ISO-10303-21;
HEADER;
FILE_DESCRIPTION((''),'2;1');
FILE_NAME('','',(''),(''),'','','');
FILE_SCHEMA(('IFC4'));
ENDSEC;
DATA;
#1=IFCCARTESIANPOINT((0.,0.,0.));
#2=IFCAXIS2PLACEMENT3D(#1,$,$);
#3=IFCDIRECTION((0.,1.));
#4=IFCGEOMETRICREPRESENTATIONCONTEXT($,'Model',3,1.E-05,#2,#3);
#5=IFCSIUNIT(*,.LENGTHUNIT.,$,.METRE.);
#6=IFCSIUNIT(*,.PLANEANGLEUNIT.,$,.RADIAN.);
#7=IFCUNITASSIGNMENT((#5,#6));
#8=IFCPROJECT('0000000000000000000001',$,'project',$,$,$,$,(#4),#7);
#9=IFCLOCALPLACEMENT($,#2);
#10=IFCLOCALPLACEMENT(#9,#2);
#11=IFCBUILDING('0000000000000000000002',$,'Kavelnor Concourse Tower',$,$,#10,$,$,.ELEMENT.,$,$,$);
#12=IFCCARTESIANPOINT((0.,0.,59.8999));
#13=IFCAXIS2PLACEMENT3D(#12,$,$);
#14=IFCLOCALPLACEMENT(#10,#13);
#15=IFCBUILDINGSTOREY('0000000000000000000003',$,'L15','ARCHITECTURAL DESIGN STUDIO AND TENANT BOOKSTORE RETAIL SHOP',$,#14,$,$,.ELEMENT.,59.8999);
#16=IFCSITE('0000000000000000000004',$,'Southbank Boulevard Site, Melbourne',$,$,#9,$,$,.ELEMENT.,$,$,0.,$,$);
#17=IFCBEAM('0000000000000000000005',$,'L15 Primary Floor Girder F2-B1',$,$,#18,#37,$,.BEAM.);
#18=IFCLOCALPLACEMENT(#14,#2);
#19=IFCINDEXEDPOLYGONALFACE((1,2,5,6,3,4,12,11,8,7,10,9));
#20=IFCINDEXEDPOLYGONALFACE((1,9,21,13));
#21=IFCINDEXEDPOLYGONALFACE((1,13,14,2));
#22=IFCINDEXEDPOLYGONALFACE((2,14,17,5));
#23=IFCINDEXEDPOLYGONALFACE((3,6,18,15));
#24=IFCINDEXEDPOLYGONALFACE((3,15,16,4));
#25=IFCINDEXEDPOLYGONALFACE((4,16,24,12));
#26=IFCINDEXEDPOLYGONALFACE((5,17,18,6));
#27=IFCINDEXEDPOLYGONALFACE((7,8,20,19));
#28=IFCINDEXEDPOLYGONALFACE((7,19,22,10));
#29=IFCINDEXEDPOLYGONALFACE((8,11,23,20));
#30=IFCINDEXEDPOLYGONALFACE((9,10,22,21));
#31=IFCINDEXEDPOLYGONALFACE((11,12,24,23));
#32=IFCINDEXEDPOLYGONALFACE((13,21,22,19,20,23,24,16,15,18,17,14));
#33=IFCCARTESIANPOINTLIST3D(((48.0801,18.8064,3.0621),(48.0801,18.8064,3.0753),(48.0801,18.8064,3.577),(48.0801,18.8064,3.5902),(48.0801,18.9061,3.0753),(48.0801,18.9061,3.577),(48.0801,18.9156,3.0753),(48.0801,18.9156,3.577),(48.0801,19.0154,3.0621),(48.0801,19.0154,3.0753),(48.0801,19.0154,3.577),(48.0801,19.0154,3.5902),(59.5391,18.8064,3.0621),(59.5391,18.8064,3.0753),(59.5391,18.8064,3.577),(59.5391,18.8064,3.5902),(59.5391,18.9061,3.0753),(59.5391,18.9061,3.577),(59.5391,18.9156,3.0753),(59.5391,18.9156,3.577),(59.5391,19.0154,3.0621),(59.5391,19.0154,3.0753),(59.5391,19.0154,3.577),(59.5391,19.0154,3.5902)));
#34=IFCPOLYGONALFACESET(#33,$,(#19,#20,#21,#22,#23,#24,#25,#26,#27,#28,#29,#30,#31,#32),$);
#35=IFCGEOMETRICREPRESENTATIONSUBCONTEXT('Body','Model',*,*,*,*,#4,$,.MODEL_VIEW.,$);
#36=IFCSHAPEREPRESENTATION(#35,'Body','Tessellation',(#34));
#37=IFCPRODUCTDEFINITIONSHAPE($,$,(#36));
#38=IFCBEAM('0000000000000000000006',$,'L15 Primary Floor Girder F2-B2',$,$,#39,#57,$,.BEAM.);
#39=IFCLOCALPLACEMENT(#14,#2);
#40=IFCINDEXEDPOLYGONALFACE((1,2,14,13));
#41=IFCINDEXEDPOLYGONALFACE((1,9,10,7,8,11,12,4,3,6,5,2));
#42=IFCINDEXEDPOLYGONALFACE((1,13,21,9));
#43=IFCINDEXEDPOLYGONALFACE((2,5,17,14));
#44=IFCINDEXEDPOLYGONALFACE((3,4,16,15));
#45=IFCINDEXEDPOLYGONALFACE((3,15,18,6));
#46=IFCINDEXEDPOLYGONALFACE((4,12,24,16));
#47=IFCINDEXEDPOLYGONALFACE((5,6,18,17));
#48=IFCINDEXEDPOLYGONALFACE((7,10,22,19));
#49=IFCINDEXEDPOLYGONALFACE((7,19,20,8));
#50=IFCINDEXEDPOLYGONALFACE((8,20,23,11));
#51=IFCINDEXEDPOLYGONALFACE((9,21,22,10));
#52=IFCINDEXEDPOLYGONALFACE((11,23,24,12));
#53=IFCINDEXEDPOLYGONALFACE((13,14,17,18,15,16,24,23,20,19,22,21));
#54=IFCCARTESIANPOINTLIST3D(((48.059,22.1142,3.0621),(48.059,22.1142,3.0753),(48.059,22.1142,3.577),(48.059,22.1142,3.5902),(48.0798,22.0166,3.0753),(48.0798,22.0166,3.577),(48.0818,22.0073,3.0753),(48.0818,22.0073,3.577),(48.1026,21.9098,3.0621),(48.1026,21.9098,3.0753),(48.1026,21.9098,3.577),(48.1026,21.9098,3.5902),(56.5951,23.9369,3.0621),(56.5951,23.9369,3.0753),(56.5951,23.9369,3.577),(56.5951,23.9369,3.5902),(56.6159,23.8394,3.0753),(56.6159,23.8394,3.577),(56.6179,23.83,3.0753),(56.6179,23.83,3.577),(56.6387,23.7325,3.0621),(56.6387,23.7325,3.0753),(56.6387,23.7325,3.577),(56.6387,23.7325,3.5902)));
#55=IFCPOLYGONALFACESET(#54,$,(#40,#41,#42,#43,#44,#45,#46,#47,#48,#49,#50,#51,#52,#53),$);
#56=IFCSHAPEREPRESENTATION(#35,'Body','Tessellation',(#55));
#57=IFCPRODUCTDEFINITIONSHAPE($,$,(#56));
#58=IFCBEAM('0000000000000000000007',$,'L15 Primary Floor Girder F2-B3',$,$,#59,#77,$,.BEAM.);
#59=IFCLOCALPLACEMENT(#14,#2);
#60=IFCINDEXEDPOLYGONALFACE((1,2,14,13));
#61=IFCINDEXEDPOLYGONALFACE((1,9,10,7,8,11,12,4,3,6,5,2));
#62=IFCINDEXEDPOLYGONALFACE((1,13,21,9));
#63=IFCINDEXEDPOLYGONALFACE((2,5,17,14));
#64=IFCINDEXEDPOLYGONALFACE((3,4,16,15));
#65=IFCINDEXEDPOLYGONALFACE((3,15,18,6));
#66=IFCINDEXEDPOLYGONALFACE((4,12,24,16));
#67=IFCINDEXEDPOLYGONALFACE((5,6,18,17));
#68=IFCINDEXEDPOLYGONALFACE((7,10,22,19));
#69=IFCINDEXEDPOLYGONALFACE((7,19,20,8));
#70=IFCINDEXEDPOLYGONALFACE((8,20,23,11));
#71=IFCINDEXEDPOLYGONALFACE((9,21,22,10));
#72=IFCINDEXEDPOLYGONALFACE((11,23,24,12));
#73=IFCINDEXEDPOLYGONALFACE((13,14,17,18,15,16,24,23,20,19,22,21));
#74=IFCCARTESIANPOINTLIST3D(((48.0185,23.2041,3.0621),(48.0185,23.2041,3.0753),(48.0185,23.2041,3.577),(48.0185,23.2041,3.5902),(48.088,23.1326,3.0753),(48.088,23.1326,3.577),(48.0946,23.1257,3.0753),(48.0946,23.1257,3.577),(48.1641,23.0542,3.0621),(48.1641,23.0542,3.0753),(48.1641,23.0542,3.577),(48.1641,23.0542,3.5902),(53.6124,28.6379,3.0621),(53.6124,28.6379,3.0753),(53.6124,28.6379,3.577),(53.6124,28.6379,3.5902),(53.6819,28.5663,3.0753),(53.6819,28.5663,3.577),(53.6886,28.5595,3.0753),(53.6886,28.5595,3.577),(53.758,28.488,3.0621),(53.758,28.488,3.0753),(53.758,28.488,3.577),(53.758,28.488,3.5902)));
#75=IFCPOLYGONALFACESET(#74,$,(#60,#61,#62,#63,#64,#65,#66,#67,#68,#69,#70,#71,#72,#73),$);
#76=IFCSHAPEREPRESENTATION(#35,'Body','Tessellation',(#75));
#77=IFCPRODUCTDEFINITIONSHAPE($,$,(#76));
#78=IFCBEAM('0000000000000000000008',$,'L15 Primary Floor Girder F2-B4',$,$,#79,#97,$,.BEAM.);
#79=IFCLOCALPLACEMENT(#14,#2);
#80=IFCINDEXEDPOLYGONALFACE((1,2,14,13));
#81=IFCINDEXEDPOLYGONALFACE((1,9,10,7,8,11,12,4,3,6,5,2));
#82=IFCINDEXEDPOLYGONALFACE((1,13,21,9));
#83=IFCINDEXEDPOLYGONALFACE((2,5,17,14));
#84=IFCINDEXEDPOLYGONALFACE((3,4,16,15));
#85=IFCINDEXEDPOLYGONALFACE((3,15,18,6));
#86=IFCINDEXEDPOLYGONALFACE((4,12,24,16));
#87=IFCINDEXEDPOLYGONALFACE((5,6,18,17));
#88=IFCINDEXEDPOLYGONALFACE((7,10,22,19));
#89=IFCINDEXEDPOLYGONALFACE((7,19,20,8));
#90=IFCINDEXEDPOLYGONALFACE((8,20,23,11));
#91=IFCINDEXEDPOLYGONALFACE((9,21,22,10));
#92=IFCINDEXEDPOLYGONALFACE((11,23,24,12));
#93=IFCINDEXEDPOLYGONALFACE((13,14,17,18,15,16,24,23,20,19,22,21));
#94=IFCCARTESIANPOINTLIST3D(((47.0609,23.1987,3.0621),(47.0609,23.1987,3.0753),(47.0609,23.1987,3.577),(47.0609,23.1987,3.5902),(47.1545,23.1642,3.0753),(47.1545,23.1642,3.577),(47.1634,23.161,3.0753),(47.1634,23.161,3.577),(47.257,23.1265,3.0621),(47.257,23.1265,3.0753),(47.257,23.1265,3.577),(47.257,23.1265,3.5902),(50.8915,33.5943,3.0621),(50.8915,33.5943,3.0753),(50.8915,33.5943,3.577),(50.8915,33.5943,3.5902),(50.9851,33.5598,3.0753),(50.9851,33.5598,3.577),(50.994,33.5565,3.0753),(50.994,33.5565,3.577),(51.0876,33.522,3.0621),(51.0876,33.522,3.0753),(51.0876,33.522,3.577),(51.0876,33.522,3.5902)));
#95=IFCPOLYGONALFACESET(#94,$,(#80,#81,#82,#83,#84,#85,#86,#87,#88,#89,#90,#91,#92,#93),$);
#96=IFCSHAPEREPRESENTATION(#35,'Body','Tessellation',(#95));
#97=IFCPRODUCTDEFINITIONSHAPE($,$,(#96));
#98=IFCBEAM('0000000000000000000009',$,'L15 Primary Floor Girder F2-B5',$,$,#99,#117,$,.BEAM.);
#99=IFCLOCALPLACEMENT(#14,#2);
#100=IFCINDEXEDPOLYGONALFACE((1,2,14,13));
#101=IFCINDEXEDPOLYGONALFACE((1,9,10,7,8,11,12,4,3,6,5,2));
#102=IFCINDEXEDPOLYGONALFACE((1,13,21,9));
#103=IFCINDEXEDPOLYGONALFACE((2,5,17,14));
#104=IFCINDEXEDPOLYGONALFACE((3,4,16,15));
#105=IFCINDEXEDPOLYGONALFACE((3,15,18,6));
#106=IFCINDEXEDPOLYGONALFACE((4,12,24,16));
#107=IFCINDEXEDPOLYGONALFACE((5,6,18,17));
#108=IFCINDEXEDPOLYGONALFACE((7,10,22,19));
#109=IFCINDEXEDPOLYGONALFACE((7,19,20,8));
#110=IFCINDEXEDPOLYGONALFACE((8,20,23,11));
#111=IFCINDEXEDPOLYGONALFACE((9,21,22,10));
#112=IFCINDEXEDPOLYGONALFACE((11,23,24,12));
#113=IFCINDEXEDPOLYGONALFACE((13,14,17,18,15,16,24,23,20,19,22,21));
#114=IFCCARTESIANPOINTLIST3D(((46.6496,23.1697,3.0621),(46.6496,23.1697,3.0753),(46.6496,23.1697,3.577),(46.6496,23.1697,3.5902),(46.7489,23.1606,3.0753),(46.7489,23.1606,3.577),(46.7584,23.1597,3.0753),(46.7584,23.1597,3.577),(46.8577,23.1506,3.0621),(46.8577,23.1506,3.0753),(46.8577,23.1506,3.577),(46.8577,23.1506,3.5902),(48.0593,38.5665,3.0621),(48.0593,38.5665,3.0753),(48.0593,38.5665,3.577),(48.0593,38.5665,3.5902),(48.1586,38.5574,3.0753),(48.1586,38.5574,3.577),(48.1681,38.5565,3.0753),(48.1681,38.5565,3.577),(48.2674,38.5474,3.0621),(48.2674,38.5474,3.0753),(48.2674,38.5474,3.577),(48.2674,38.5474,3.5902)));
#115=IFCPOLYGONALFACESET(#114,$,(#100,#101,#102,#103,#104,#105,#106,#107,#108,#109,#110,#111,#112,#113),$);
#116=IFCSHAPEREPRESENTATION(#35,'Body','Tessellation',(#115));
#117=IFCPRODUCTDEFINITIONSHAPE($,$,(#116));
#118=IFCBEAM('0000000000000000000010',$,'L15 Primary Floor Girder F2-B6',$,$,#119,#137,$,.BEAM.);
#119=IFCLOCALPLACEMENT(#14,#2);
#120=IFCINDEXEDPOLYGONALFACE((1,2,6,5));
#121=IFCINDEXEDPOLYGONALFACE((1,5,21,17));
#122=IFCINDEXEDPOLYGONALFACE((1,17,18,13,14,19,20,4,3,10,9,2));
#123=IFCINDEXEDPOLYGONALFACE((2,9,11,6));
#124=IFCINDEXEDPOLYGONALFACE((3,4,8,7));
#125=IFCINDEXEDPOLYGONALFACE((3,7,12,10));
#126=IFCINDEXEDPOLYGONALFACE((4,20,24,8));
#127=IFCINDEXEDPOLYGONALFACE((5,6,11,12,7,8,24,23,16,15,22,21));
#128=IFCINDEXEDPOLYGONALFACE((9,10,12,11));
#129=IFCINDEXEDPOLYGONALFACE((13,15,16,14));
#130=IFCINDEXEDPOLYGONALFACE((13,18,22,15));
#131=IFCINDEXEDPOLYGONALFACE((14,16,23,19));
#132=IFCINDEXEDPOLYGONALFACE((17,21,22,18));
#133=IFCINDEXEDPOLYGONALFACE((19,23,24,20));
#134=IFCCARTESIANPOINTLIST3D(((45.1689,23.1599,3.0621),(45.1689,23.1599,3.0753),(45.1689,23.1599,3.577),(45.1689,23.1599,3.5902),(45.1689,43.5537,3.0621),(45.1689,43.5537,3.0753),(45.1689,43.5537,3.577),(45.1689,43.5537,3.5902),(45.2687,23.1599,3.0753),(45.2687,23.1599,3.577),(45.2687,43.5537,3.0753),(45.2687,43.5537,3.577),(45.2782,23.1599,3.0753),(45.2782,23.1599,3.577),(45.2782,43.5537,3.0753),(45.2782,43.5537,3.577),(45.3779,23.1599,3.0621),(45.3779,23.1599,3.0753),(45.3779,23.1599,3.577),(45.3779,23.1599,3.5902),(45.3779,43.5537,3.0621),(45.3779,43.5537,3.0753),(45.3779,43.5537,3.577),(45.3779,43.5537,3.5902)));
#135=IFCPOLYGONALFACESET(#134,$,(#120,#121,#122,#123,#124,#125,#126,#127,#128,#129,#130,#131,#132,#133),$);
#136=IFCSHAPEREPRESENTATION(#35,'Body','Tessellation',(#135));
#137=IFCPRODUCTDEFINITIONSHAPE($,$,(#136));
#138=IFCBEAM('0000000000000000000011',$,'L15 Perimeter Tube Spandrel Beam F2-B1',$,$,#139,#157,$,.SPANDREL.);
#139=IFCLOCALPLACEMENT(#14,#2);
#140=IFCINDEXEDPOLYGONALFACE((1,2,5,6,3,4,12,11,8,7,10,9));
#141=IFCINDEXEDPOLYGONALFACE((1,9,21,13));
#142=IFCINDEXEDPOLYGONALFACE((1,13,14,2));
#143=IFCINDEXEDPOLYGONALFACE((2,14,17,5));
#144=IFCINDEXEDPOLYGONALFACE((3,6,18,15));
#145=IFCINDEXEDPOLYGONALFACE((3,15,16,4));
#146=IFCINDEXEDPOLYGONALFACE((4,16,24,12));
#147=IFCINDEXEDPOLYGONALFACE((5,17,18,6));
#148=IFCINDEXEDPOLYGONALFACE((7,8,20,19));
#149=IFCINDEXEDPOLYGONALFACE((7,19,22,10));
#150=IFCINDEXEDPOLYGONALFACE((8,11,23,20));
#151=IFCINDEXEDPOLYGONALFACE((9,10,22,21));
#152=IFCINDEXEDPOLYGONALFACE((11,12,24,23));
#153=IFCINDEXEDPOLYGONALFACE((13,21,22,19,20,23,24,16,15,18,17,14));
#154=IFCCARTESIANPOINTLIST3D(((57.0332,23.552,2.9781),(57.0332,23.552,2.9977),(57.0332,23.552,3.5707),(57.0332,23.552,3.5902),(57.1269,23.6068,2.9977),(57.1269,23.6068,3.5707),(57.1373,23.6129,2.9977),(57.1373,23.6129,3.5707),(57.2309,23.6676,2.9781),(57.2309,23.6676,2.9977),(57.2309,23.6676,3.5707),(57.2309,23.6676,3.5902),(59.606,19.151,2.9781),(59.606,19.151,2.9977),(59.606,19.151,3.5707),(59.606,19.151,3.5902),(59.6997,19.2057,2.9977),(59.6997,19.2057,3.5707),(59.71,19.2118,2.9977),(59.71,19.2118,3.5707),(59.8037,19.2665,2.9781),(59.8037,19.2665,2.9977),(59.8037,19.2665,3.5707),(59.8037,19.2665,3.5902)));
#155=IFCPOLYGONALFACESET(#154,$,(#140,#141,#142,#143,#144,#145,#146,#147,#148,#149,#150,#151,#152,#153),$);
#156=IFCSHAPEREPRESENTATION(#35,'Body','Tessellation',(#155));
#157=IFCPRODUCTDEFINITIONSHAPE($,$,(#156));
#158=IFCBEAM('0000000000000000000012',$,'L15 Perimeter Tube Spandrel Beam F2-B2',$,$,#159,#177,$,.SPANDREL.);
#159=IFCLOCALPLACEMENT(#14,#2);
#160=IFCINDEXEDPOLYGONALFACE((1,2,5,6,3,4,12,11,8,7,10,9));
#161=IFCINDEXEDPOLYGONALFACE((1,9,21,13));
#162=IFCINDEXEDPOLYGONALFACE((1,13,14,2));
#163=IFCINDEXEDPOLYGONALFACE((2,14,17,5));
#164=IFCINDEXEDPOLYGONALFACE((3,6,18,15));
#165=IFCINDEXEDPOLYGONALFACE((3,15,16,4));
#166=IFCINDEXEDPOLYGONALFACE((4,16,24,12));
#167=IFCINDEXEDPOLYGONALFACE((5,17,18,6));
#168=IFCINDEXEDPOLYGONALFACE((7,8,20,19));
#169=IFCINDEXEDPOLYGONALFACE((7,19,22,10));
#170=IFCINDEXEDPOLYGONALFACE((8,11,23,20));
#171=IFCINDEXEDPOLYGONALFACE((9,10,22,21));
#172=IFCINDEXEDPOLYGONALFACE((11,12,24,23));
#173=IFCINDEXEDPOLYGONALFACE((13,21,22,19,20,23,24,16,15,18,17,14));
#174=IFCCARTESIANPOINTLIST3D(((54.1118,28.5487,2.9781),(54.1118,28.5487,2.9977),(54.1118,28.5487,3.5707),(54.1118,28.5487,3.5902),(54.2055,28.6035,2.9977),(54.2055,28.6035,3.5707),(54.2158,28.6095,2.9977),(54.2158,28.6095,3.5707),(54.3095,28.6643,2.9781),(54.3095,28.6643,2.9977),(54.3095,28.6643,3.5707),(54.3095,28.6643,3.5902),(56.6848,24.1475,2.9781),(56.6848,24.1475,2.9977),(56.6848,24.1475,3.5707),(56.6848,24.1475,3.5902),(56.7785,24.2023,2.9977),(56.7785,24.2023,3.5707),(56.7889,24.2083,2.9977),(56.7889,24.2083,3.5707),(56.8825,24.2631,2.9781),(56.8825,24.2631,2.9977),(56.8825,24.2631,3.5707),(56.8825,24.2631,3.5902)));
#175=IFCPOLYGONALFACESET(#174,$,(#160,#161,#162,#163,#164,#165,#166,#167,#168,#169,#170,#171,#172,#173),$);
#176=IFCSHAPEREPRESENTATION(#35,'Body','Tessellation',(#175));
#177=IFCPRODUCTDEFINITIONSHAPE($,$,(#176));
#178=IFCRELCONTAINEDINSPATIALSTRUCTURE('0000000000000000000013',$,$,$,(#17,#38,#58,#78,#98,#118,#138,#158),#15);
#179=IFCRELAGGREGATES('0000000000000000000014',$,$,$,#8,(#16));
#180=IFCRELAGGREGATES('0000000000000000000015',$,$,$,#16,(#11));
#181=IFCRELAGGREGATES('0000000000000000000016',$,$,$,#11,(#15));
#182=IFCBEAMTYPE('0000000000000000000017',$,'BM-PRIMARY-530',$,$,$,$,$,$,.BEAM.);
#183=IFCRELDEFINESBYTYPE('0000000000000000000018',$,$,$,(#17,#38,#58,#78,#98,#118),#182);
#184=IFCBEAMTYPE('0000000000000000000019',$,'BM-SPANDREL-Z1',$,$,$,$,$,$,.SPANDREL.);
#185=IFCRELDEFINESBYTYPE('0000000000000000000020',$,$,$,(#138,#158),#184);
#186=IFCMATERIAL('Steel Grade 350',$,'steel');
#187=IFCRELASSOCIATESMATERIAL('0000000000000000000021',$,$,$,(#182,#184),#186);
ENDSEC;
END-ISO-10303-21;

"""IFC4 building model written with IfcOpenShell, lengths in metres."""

from ifc_helpers import new_model, si_unit, direction, frame, origin, origin_2d, place, context, subcontext, project, spatial, i_section, extrude, material, material_profile, profile_set, type_object, element, save


model = new_model("IFC4")

# Units and contexts
model_context = context("Model", 3, precision=1e-05, world=origin(), true_north=direction((0.0, 1.0)))
body_context = subcontext(model_context, "Body", "Model", "MODEL_VIEW")
ifc_project = project(units=[si_unit("LENGTHUNIT", "METRE"), si_unit("PLANEANGLEUNIT", "RADIAN")], contexts=[model_context])

# Site, building, storey
site_placement = place(None, origin())
site = spatial("IfcSite", under=ifc_project, at=site_placement, Name="Southbank Boulevard Site, Melbourne", CompositionType="ELEMENT", RefElevation=0.0)
building_placement = place(site_placement, origin())
building = spatial("IfcBuilding", under=site, at=building_placement, Name="Kavelnor Concourse Tower", CompositionType="ELEMENT")
storey_placement = place(building_placement, frame((0.0, 0.0, 59.8999)))
storey = spatial("IfcBuildingStorey", under=building, at=storey_placement, Name="L15", Description="ARCHITECTURAL DESIGN STUDIO AND TENANT BOOKSTORE RETAIL SHOP", CompositionType="ELEMENT", Elevation=59.8999)

# Shared definitions
ifc_material_1 = material(Name="Steel Grade 350", Category="steel")

# Beams
ifc_material_profile_1 = material_profile(ifc_material_1, i_section(OverallWidth=0.209, OverallDepth=0.5281, WebThickness=0.0095, FlangeThickness=0.0132, at=origin_2d()), Name="530UB82")
ifc_profile_set_1 = profile_set([ifc_material_profile_1], Name="Steel Grade 350")
beam_type_1 = type_object("IfcBeamType", Name="BM-PRIMARY-530", PredefinedType="BEAM", material=ifc_profile_set_1)
beam_1_placement = place(storey_placement, frame((48.0801, 18.9109, 3.3262), z_axis=(1.0, 0.0, 0.0), x_axis=(0.0, 1.0, 0.0)))
element("IfcBeam", 1, at=beam_1_placement, inside=storey, type_object=beam_type_1, Name="L15 Primary Floor Girder F2-B1", PredefinedType="BEAM", context=body_context, shape_type="SweptSolid", body=[
    extrude(i_section(OverallWidth=0.209, OverallDepth=0.5281, WebThickness=0.0095, FlangeThickness=0.0132, at=origin_2d()), origin(), (0.0, 0.0, 1.0), 11.459),
])
beam_2_placement = place(storey_placement, frame((48.0808, 22.012, 3.3262), z_axis=(0.977953, 0.208826, 0.0), x_axis=(-0.208826, 0.977953, 0.0)))
element("IfcBeam", 2, at=beam_2_placement, inside=storey, type_object=beam_type_1, Name="L15 Primary Floor Girder F2-B2", PredefinedType="BEAM", context=body_context, shape_type="SweptSolid", body=[
    extrude(i_section(OverallWidth=0.209, OverallDepth=0.5281, WebThickness=0.0095, FlangeThickness=0.0132, at=origin_2d()), origin(), (0.0, 0.0, 1.0), 8.7285),
])
beam_3_placement = place(storey_placement, frame((48.0913, 23.1292, 3.3262), z_axis=(0.7173, 0.696764, 0.0), x_axis=(-0.696764, 0.7173, 0.0)))
element("IfcBeam", 3, at=beam_3_placement, inside=storey, type_object=beam_type_1, Name="L15 Primary Floor Girder F2-B3", PredefinedType="BEAM", context=body_context, shape_type="SweptSolid", body=[
    extrude(i_section(OverallWidth=0.209, OverallDepth=0.5281, WebThickness=0.0095, FlangeThickness=0.0132, at=origin_2d()), origin(), (0.0, 0.0, 1.0), 7.7986),
])
beam_4_placement = place(storey_placement, frame((47.1589, 23.1626, 3.3262), z_axis=(0.345756, 0.938324, 0.0), x_axis=(-0.938324, 0.345756, 0.0)))
element("IfcBeam", 4, at=beam_4_placement, inside=storey, type_object=beam_type_1, Name="L15 Primary Floor Girder F2-B4", PredefinedType="BEAM", context=body_context, shape_type="SweptSolid", body=[
    extrude(i_section(OverallWidth=0.209, OverallDepth=0.5281, WebThickness=0.0095, FlangeThickness=0.0132, at=origin_2d()), origin(), (0.0, 0.0, 1.0), 11.0789),
])
beam_5_placement = place(storey_placement, frame((46.7537, 23.1602, 3.3262), z_axis=(0.091175, 0.995835, 0.0), x_axis=(-0.995835, 0.091175, 0.0)))
element("IfcBeam", 5, at=beam_5_placement, inside=storey, type_object=beam_type_1, Name="L15 Primary Floor Girder F2-B5", PredefinedType="BEAM", context=body_context, shape_type="SweptSolid", body=[
    extrude(i_section(OverallWidth=0.209, OverallDepth=0.5281, WebThickness=0.0095, FlangeThickness=0.0132, at=origin_2d()), origin(), (0.0, 0.0, 1.0), 15.4612),
])
beam_6_placement = place(storey_placement, frame((45.2734, 23.1599, 3.3262), z_axis=(0.0, 1.0, 0.0), x_axis=(-1.0, 0.0, 0.0)))
element("IfcBeam", 6, at=beam_6_placement, inside=storey, type_object=beam_type_1, Name="L15 Primary Floor Girder F2-B6", PredefinedType="BEAM", context=body_context, shape_type="SweptSolid", body=[
    extrude(i_section(OverallWidth=0.209, OverallDepth=0.5281, WebThickness=0.0095, FlangeThickness=0.0132, at=origin_2d()), origin(), (0.0, 0.0, 1.0), 20.3938),
])
ifc_material_profile_2 = material_profile(ifc_material_1, i_section(OverallWidth=0.229, OverallDepth=0.6121, WebThickness=0.012, FlangeThickness=0.0195, at=origin_2d()), Name="610UB125")
ifc_profile_set_2 = profile_set([ifc_material_profile_2], Name="Steel Grade 350")
beam_type_2 = type_object("IfcBeamType", Name="BM-SPANDREL-Z1", PredefinedType="SPANDREL", material=ifc_profile_set_2)
beam_7_placement = place(storey_placement, frame((59.7048, 19.2087, 3.2842), z_axis=(-0.504666, 0.863315, 0.0), x_axis=(-0.863315, -0.504666, 0.0)))
element("IfcBeam", 7, at=beam_7_placement, inside=storey, type_object=beam_type_2, Name="L15 Perimeter Tube Spandrel Beam F2-B1", PredefinedType="SPANDREL", context=body_context, shape_type="SweptSolid", body=[
    extrude(i_section(OverallWidth=0.229, OverallDepth=0.6121, WebThickness=0.012, FlangeThickness=0.0195, at=origin_2d()), origin(), (0.0, 0.0, 1.0), 5.0979),
])
beam_8_placement = place(storey_placement, frame((56.7837, 24.2053, 3.2842), z_axis=(-0.504702, 0.863294, 0.0), x_axis=(-0.863294, -0.504702, 0.0)))
element("IfcBeam", 8, at=beam_8_placement, inside=storey, type_object=beam_type_2, Name="L15 Perimeter Tube Spandrel Beam F2-B2", PredefinedType="SPANDREL", context=body_context, shape_type="SweptSolid", body=[
    extrude(i_section(OverallWidth=0.229, OverallDepth=0.6121, WebThickness=0.012, FlangeThickness=0.0195, at=origin_2d()), origin(), (0.0, 0.0, 1.0), 5.0981),
])

save(model, "model.ifc")
